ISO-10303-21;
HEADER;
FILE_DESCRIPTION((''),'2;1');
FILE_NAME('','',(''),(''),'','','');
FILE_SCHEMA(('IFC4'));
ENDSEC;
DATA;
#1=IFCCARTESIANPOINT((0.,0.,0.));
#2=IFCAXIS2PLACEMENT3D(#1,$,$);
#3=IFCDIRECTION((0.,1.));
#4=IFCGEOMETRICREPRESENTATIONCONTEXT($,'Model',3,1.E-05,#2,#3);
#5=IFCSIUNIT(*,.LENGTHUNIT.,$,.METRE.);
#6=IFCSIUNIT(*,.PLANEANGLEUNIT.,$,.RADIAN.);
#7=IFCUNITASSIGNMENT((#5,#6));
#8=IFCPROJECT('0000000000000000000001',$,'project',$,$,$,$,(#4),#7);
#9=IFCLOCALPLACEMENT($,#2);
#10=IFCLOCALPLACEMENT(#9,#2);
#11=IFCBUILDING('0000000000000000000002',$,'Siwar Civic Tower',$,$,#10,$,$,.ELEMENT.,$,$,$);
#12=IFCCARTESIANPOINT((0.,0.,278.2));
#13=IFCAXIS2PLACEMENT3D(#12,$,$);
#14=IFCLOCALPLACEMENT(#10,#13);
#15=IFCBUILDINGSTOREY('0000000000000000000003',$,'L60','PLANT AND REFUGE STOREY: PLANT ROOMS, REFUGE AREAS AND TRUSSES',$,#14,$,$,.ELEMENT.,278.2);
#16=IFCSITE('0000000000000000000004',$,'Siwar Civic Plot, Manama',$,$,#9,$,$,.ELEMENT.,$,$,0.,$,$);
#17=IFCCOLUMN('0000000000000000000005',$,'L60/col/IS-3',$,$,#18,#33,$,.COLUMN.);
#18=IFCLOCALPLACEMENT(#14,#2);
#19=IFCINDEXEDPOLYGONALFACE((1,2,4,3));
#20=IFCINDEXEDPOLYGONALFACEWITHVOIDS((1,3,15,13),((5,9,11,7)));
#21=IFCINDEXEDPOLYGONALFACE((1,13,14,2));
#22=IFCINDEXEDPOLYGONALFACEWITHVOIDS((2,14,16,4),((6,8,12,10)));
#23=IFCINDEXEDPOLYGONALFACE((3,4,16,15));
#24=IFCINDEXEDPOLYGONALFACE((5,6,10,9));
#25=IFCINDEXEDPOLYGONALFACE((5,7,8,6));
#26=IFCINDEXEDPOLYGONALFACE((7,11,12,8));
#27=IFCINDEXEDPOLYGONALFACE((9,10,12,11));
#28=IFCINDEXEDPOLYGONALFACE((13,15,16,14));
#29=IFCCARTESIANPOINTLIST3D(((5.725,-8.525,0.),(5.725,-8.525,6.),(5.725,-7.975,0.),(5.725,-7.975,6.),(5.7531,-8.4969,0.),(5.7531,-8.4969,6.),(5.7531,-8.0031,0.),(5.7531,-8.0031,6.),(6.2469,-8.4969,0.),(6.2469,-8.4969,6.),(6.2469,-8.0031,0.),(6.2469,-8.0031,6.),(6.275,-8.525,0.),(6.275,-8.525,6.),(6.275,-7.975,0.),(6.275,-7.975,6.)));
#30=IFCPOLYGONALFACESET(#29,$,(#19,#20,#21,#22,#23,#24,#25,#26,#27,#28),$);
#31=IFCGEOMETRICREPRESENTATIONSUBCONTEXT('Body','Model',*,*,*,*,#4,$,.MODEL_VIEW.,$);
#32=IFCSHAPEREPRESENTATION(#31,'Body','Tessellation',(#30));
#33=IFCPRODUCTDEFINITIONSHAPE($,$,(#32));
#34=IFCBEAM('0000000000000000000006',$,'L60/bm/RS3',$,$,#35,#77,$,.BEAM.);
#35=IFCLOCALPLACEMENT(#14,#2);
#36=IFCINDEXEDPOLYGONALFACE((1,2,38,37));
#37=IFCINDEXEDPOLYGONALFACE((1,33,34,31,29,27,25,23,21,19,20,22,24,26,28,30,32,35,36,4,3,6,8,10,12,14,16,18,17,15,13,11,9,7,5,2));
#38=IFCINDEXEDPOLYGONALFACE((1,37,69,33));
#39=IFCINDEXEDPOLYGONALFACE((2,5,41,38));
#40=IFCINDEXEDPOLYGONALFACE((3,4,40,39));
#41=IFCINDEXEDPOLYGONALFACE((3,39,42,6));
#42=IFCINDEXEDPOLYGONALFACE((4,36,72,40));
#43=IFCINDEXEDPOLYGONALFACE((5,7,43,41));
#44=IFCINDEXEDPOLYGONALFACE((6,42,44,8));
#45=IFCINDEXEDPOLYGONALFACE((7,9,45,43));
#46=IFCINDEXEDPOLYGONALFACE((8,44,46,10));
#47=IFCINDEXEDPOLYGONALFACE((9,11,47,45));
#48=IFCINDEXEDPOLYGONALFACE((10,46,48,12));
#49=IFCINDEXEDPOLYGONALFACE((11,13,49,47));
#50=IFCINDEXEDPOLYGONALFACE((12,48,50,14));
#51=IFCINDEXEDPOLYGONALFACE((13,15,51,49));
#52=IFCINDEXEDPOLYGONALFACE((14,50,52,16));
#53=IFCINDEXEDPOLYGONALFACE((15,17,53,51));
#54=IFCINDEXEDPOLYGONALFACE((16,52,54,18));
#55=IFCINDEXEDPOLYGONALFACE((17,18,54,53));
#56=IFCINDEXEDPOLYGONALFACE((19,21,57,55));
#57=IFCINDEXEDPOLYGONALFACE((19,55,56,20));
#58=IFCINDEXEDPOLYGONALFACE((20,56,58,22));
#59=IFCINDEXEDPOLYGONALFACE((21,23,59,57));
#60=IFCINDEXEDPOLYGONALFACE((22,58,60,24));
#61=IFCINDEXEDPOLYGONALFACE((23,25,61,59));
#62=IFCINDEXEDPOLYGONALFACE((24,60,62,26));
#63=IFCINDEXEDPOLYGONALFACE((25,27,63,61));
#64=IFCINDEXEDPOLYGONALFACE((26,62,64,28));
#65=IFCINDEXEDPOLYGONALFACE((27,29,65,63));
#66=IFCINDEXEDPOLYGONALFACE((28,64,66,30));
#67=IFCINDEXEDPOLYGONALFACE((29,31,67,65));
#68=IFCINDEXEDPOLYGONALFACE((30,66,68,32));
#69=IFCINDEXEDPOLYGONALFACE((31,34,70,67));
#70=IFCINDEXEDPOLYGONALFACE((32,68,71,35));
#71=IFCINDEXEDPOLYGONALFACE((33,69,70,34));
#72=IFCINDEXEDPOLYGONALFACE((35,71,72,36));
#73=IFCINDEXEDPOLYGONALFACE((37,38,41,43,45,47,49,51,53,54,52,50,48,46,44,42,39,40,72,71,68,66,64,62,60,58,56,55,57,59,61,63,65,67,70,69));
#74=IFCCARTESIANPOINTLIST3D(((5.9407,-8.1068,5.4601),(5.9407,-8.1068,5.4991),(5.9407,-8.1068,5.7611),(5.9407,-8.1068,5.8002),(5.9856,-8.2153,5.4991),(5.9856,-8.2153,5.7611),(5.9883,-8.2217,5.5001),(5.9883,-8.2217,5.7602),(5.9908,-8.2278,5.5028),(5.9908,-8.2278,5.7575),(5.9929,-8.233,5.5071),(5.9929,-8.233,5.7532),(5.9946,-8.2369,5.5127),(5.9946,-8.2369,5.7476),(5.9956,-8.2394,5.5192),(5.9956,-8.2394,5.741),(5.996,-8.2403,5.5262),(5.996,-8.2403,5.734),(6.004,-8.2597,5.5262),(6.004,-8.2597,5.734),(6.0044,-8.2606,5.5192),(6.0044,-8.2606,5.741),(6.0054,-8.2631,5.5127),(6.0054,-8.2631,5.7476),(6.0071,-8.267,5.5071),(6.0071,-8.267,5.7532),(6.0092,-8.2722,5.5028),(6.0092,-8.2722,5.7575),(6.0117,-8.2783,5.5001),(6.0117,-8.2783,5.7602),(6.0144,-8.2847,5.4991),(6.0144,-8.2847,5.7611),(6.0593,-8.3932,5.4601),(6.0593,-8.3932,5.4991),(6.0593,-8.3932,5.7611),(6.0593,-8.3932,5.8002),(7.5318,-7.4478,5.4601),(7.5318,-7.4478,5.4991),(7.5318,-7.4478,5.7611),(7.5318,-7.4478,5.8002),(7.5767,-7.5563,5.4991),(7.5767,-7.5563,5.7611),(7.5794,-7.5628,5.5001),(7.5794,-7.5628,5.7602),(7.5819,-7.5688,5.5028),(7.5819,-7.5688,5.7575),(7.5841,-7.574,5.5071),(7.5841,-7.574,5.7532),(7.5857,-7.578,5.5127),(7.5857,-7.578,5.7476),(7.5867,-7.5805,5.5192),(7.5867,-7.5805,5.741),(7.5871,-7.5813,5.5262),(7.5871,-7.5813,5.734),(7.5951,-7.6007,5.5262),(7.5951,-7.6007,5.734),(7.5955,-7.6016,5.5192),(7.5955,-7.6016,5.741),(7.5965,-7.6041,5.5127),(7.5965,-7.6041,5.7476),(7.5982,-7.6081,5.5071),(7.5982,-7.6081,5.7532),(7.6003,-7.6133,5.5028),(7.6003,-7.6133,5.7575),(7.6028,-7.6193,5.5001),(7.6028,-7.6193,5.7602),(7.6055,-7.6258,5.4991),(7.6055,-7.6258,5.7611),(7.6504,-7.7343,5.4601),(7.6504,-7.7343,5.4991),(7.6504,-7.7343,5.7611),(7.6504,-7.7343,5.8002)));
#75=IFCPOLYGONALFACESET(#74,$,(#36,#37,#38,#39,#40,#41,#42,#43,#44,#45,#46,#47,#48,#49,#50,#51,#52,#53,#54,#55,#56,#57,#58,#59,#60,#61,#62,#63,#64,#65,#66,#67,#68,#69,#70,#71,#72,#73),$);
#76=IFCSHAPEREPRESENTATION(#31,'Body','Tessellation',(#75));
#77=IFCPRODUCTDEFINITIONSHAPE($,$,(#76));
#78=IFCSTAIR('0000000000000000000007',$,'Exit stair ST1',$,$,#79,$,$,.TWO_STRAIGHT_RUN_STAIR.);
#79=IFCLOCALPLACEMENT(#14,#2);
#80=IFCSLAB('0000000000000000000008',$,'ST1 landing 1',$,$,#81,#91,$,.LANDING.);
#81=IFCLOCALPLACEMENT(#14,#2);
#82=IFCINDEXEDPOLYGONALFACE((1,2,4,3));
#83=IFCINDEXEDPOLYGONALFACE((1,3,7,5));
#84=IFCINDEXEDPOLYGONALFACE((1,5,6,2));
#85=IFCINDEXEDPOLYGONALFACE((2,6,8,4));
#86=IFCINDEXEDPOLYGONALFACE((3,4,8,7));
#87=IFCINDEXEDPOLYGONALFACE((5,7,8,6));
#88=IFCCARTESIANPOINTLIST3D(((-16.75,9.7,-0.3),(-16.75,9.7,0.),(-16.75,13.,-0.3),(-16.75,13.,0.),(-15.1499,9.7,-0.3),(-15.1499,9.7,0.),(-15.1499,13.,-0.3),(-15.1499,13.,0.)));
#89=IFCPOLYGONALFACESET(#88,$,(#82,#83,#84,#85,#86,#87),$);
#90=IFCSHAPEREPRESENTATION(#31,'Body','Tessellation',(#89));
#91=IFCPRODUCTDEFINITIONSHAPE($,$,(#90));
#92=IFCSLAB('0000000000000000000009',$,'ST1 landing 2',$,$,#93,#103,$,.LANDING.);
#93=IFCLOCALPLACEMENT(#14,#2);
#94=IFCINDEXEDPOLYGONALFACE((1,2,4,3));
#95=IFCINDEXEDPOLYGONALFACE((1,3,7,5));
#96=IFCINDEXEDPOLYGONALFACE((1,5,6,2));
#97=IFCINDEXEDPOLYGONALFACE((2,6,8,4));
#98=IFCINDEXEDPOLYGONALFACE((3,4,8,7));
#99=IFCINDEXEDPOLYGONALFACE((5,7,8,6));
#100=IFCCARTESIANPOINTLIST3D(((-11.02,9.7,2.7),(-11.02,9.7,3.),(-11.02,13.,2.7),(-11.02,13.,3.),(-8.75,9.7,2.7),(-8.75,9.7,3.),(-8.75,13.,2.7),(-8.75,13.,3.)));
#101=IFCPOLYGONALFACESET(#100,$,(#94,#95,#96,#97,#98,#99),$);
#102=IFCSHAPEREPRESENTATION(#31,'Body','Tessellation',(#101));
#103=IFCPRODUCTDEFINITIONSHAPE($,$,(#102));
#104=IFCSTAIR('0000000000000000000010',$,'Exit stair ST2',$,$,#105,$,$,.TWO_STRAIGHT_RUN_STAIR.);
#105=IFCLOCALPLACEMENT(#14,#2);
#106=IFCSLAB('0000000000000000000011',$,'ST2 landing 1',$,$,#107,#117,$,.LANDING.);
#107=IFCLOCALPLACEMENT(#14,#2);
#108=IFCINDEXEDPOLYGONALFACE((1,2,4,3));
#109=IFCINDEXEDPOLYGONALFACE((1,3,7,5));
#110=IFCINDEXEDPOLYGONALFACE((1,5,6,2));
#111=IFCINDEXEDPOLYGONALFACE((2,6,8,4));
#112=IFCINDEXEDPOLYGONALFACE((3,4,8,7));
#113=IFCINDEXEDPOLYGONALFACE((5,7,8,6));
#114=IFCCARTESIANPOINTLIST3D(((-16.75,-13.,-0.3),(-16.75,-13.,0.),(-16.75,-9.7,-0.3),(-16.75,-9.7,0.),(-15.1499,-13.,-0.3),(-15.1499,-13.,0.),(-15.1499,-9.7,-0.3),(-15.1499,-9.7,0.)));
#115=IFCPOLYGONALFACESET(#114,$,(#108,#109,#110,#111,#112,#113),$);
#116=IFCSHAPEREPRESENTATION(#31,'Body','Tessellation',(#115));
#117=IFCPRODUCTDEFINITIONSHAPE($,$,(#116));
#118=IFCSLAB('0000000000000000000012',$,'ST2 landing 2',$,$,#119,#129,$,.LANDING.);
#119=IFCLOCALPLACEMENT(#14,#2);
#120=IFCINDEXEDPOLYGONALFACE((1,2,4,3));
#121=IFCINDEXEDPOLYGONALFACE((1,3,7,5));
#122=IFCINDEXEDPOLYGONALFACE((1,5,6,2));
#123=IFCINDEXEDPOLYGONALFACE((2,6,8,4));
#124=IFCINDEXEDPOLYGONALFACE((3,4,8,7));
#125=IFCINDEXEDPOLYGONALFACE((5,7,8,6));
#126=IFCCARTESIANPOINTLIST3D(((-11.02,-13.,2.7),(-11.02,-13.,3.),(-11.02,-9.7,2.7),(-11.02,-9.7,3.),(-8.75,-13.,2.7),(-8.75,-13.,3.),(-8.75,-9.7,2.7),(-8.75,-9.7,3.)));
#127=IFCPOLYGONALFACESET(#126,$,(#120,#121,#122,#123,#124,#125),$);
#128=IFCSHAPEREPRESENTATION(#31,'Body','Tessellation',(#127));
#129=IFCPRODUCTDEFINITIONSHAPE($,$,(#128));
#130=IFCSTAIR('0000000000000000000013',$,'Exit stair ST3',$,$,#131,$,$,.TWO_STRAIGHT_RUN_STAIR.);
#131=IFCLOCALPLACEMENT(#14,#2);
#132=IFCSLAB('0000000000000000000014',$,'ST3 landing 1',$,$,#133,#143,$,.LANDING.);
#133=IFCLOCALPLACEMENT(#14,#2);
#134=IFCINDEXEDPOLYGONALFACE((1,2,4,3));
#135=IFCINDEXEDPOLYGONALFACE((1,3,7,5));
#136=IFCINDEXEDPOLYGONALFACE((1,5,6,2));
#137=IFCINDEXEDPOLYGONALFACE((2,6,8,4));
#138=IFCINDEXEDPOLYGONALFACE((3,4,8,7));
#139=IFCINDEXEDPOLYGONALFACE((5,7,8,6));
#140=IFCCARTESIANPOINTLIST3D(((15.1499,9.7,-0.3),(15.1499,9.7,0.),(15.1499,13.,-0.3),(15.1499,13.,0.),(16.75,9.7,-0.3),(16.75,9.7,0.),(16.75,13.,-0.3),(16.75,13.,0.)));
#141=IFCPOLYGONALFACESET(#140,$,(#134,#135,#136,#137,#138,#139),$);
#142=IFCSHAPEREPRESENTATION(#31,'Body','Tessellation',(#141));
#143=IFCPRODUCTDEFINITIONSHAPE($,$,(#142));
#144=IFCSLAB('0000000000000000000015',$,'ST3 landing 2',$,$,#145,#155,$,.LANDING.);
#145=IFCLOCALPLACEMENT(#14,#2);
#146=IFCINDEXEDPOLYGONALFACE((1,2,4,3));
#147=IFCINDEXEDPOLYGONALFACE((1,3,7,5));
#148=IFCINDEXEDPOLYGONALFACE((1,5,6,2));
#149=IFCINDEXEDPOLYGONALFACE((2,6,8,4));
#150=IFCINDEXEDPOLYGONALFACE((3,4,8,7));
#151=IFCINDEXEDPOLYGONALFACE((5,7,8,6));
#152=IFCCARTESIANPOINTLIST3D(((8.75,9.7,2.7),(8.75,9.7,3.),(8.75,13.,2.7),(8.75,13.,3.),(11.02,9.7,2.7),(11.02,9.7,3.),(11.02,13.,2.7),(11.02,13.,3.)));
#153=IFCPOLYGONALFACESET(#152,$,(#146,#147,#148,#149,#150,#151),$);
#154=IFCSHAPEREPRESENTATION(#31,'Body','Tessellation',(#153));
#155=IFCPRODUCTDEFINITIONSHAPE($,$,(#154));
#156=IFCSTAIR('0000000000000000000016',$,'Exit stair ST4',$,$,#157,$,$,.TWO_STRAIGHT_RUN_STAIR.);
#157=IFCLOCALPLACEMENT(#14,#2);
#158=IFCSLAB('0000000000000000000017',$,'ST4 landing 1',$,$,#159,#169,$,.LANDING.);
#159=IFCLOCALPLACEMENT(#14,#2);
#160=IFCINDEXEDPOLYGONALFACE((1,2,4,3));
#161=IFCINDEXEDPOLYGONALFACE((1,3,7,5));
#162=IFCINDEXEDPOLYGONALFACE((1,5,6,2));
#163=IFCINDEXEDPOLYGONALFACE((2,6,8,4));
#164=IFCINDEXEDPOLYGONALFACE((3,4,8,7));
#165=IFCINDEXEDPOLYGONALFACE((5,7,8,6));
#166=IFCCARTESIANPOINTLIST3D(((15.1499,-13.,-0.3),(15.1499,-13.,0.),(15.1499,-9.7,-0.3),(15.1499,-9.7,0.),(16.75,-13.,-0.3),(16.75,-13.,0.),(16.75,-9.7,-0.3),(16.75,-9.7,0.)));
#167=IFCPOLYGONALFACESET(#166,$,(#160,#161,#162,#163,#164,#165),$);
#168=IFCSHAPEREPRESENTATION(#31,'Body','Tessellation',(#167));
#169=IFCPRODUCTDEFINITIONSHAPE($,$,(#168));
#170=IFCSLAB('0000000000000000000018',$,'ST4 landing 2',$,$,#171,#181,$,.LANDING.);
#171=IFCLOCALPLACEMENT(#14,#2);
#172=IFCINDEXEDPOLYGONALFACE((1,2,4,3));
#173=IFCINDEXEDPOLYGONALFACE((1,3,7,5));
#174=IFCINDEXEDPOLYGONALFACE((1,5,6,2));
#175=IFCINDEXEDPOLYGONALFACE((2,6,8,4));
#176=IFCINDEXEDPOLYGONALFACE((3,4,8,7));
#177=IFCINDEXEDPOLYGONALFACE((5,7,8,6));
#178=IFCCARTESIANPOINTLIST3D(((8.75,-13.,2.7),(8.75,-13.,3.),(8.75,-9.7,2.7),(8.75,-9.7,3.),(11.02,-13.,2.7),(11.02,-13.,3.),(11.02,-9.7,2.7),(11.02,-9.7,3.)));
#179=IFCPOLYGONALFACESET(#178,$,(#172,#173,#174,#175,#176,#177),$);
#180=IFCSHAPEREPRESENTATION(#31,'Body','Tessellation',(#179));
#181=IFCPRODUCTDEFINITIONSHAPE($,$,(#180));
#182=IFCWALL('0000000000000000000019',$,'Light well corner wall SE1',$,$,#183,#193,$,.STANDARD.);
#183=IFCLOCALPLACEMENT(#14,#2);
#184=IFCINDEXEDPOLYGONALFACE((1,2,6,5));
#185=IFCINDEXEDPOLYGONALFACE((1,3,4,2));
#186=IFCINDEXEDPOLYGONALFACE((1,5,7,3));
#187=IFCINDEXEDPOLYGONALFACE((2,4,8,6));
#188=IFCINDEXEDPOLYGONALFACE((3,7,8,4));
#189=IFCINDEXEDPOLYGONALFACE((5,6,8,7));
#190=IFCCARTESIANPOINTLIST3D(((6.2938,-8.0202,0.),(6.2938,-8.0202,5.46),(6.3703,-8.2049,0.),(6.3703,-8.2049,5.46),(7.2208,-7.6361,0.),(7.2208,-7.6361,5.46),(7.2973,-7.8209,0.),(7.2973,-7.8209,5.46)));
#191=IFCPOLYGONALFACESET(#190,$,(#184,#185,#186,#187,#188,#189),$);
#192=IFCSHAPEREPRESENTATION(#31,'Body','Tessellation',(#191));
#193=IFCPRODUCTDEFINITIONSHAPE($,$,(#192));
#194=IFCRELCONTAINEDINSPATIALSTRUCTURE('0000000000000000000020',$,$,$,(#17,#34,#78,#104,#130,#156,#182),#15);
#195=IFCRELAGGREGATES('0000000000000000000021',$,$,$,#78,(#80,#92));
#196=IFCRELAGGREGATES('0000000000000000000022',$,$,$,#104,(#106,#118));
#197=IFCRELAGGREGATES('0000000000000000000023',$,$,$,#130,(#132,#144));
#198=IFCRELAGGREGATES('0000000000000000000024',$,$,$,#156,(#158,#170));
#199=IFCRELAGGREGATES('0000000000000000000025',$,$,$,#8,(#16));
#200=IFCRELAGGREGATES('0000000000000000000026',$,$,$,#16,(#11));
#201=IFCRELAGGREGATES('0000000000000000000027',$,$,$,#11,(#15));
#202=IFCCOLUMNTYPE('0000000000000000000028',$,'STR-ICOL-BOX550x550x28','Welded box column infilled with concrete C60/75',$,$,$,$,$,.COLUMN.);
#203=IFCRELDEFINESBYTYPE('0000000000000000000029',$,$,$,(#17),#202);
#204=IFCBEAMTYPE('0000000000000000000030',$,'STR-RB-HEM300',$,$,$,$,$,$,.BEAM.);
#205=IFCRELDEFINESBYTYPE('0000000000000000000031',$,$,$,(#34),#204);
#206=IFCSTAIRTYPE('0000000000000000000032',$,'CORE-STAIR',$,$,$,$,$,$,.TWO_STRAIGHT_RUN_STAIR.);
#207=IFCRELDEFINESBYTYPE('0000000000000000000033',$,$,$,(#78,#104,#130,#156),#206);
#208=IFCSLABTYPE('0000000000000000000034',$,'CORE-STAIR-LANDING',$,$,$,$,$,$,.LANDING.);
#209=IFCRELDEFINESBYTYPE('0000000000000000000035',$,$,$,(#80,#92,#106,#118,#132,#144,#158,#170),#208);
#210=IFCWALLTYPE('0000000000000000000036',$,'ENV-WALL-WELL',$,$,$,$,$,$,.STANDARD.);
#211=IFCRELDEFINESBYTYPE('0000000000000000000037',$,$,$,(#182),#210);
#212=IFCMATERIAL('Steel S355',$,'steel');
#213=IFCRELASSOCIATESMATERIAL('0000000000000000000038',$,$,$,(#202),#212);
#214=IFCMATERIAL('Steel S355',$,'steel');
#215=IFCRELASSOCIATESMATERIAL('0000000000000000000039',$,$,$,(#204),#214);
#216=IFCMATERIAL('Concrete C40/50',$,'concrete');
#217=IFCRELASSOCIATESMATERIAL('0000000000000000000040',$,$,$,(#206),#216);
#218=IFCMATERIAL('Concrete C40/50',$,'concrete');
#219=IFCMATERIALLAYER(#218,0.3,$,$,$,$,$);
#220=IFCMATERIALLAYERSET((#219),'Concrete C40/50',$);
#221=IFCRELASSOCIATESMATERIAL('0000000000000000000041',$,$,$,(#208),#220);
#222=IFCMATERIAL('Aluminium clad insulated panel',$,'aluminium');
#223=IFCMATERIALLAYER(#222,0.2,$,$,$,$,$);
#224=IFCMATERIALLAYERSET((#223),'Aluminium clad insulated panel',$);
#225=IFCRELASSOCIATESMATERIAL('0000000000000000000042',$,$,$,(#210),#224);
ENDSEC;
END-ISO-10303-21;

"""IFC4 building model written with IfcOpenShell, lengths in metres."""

from ifc_helpers import new_model, si_unit, direction, frame, frame_2d, origin, origin_2d, place, context, subcontext, project, spatial, polyline, rectangle, hollow_rectangle, i_section, outline, extrude, material, layer, layer_set, material_profile, profile_set, type_object, element, aggregate, save


model = new_model("IFC4")

# Units and contexts
model_context = context("Model", 3, precision=1e-05, world=origin(), true_north=direction((0.0, 1.0)))
body_context = subcontext(model_context, "Body", "Model", "MODEL_VIEW")
ifc_project = project(units=[si_unit("LENGTHUNIT", "METRE"), si_unit("PLANEANGLEUNIT", "RADIAN")], contexts=[model_context])

# Site, building, storey
site_placement = place(None, origin())
site = spatial("IfcSite", under=ifc_project, at=site_placement, Name="Siwar Civic Plot, Manama", CompositionType="ELEMENT", RefElevation=0.0)
building_placement = place(site_placement, origin())
building = spatial("IfcBuilding", under=site, at=building_placement, Name="Siwar Civic Tower", CompositionType="ELEMENT")
storey_placement = place(building_placement, frame((0.0, 0.0, 278.2)))
storey = spatial("IfcBuildingStorey", under=building, at=storey_placement, Name="L60", Description="PLANT AND REFUGE STOREY: PLANT ROOMS, REFUGE AREAS AND TRUSSES", CompositionType="ELEMENT", Elevation=278.2)

# Column
ifc_material_1 = material(Name="Steel S355", Category="steel")
ifc_material_profile_1 = material_profile(ifc_material_1, hollow_rectangle(XDim=0.55, YDim=0.55, WallThickness=0.0281, at=origin_2d()), Name="BOX550x550x28")
ifc_profile_set_1 = profile_set([ifc_material_profile_1], Name="Steel S355")
column_type = type_object("IfcColumnType", Name="STR-ICOL-BOX550x550x28", Description="Welded box column infilled with concrete C60/75", PredefinedType="COLUMN", material=ifc_profile_set_1)
column_placement = place(storey_placement, frame((6.0, -8.25, 0.0), z_axis=(0.0, 0.0, 1.0), x_axis=(1.0, 0.0, 0.0)))
element("IfcColumn", 1, at=column_placement, inside=storey, type_object=column_type, Name="L60/col/IS-3", PredefinedType="COLUMN", context=body_context, shape_type="SweptSolid", body=[
    extrude(hollow_rectangle(XDim=0.55, YDim=0.55, WallThickness=0.0281, at=origin_2d()), origin(), (0.0, 0.0, 1.0), 6.0),
])

# Beam
ifc_material_2 = material(Name="Steel S355", Category="steel")
ifc_material_profile_2 = material_profile(ifc_material_2, i_section(OverallWidth=0.3101, OverallDepth=0.3401, WebThickness=0.021, FlangeThickness=0.0391, FilletRadius=0.0271, at=origin_2d()), Name="HEM300")
ifc_profile_set_2 = profile_set([ifc_material_profile_2], Name="Steel S355")
beam_type = type_object("IfcBeamType", Name="STR-RB-HEM300", PredefinedType="BEAM", material=ifc_profile_set_2)
beam_placement = place(storey_placement, frame((6.0, -8.25, 5.6301), z_axis=(0.923901, 0.382631, 0.0), x_axis=(-0.382631, 0.923901, 0.0)))
element("IfcBeam", 2, at=beam_placement, inside=storey, type_object=beam_type, Name="L60/bm/RS3", PredefinedType="BEAM", context=body_context, shape_type="SweptSolid", body=[
    extrude(i_section(OverallWidth=0.3101, OverallDepth=0.3401, WebThickness=0.021, FlangeThickness=0.0391, FilletRadius=0.0271, at=origin_2d()), origin(), (0.0, 0.0, 1.0), 1.7222),
])

# Stairs, slabs
ifc_material_3 = material(Name="Concrete C40/50", Category="concrete")
stair_type = type_object("IfcStairType", Name="CORE-STAIR", PredefinedType="TWO_STRAIGHT_RUN_STAIR", material=ifc_material_3)
stair_1_placement = place(storey_placement, origin())
stair_1 = element("IfcStair", 3, at=stair_1_placement, inside=storey, type_object=stair_type, Name="Exit stair ST1", PredefinedType="TWO_STRAIGHT_RUN_STAIR")
ifc_material_4 = material(Name="Concrete C40/50", Category="concrete")
ifc_layer_1 = layer(ifc_material_4, 0.3)
ifc_layer_set_1 = layer_set([ifc_layer_1], Name="Concrete C40/50")
slab_type = type_object("IfcSlabType", Name="CORE-STAIR-LANDING", PredefinedType="LANDING", material=ifc_layer_set_1)
slab_1_placement = place(storey_placement, frame((0.0, 0.0, -0.3)))
slab_1 = element("IfcSlab", 4, at=slab_1_placement, type_object=slab_type, Name="ST1 landing 1", PredefinedType="LANDING", context=body_context, shape_type="SweptSolid", body=[
    extrude(outline(polyline([(-15.1499, 13.0), (-16.75, 13.0), (-16.75, 9.7), (-15.1499, 9.7), (-15.1499, 13.0)])), origin(), (0.0, 0.0, 1.0), 0.3),
])
slab_2_placement = place(storey_placement, frame((0.0, 0.0, 2.7)))
slab_2 = element("IfcSlab", 5, at=slab_2_placement, type_object=slab_type, Name="ST1 landing 2", PredefinedType="LANDING", context=body_context, shape_type="SweptSolid", body=[
    extrude(outline(polyline([(-8.75, 13.0), (-11.02, 13.0), (-11.02, 9.7), (-8.75, 9.7), (-8.75, 13.0)])), origin(), (0.0, 0.0, 1.0), 0.3),
])
aggregate(stair_1, [slab_1, slab_2])
stair_2_placement = place(storey_placement, origin())
stair_2 = element("IfcStair", 6, at=stair_2_placement, inside=storey, type_object=stair_type, Name="Exit stair ST2", PredefinedType="TWO_STRAIGHT_RUN_STAIR")
slab_3_placement = place(storey_placement, frame((0.0, 0.0, -0.3)))
slab_3 = element("IfcSlab", 7, at=slab_3_placement, type_object=slab_type, Name="ST2 landing 1", PredefinedType="LANDING", context=body_context, shape_type="SweptSolid", body=[
    extrude(outline(polyline([(-15.1499, -9.7), (-16.75, -9.7), (-16.75, -13.0), (-15.1499, -13.0), (-15.1499, -9.7)])), origin(), (0.0, 0.0, 1.0), 0.3),
])
slab_4_placement = place(storey_placement, frame((0.0, 0.0, 2.7)))
slab_4 = element("IfcSlab", 8, at=slab_4_placement, type_object=slab_type, Name="ST2 landing 2", PredefinedType="LANDING", context=body_context, shape_type="SweptSolid", body=[
    extrude(outline(polyline([(-8.75, -9.7), (-11.02, -9.7), (-11.02, -13.0), (-8.75, -13.0), (-8.75, -9.7)])), origin(), (0.0, 0.0, 1.0), 0.3),
])
aggregate(stair_2, [slab_3, slab_4])
stair_3_placement = place(storey_placement, origin())
stair_3 = element("IfcStair", 9, at=stair_3_placement, inside=storey, type_object=stair_type, Name="Exit stair ST3", PredefinedType="TWO_STRAIGHT_RUN_STAIR")
slab_5_placement = place(storey_placement, frame((0.0, 0.0, -0.3)))
slab_5 = element("IfcSlab", 10, at=slab_5_placement, type_object=slab_type, Name="ST3 landing 1", PredefinedType="LANDING", context=body_context, shape_type="SweptSolid", body=[
    extrude(outline(polyline([(15.1499, 9.7), (16.75, 9.7), (16.75, 13.0), (15.1499, 13.0), (15.1499, 9.7)])), origin(), (0.0, 0.0, 1.0), 0.3),
])
slab_6_placement = place(storey_placement, frame((0.0, 0.0, 2.7)))
slab_6 = element("IfcSlab", 11, at=slab_6_placement, type_object=slab_type, Name="ST3 landing 2", PredefinedType="LANDING", context=body_context, shape_type="SweptSolid", body=[
    extrude(outline(polyline([(8.75, 9.7), (11.02, 9.7), (11.02, 13.0), (8.75, 13.0), (8.75, 9.7)])), origin(), (0.0, 0.0, 1.0), 0.3),
])
aggregate(stair_3, [slab_5, slab_6])
stair_4_placement = place(storey_placement, origin())
stair_4 = element("IfcStair", 12, at=stair_4_placement, inside=storey, type_object=stair_type, Name="Exit stair ST4", PredefinedType="TWO_STRAIGHT_RUN_STAIR")
slab_7_placement = place(storey_placement, frame((0.0, 0.0, -0.3)))
slab_7 = element("IfcSlab", 13, at=slab_7_placement, type_object=slab_type, Name="ST4 landing 1", PredefinedType="LANDING", context=body_context, shape_type="SweptSolid", body=[
    extrude(outline(polyline([(15.1499, -13.0), (16.75, -13.0), (16.75, -9.7), (15.1499, -9.7), (15.1499, -13.0)])), origin(), (0.0, 0.0, 1.0), 0.3),
])
slab_8_placement = place(storey_placement, frame((0.0, 0.0, 2.7)))
slab_8 = element("IfcSlab", 14, at=slab_8_placement, type_object=slab_type, Name="ST4 landing 2", PredefinedType="LANDING", context=body_context, shape_type="SweptSolid", body=[
    extrude(outline(polyline([(8.75, -13.0), (11.02, -13.0), (11.02, -9.7), (8.75, -9.7), (8.75, -13.0)])), origin(), (0.0, 0.0, 1.0), 0.3),
])
aggregate(stair_4, [slab_7, slab_8])

# Wall
ifc_material_5 = material(Name="Aluminium clad insulated panel", Category="aluminium")
ifc_layer_2 = layer(ifc_material_5, 0.2)
ifc_layer_set_2 = layer_set([ifc_layer_2], Name="Aluminium clad insulated panel")
wall_type = type_object("IfcWallType", Name="ENV-WALL-WELL", PredefinedType="STANDARD", material=ifc_layer_set_2)
wall_placement = place(storey_placement, frame((6.332, -8.1125, 0.0), z_axis=(0.0, 0.0, 1.0), x_axis=(0.92386, 0.382731, 0.0)))
element("IfcWall", 15, at=wall_placement, inside=storey, type_object=wall_type, Name="Light well corner wall SE1", PredefinedType="STANDARD", context=body_context, shape_type="SweptSolid", body=[
    extrude(rectangle(XDim=1.0034, YDim=0.2, at=frame_2d((0.5017, 0.0))), origin(), (0.0, 0.0, 1.0), 5.46),
])

save(model, "model.ifc")
